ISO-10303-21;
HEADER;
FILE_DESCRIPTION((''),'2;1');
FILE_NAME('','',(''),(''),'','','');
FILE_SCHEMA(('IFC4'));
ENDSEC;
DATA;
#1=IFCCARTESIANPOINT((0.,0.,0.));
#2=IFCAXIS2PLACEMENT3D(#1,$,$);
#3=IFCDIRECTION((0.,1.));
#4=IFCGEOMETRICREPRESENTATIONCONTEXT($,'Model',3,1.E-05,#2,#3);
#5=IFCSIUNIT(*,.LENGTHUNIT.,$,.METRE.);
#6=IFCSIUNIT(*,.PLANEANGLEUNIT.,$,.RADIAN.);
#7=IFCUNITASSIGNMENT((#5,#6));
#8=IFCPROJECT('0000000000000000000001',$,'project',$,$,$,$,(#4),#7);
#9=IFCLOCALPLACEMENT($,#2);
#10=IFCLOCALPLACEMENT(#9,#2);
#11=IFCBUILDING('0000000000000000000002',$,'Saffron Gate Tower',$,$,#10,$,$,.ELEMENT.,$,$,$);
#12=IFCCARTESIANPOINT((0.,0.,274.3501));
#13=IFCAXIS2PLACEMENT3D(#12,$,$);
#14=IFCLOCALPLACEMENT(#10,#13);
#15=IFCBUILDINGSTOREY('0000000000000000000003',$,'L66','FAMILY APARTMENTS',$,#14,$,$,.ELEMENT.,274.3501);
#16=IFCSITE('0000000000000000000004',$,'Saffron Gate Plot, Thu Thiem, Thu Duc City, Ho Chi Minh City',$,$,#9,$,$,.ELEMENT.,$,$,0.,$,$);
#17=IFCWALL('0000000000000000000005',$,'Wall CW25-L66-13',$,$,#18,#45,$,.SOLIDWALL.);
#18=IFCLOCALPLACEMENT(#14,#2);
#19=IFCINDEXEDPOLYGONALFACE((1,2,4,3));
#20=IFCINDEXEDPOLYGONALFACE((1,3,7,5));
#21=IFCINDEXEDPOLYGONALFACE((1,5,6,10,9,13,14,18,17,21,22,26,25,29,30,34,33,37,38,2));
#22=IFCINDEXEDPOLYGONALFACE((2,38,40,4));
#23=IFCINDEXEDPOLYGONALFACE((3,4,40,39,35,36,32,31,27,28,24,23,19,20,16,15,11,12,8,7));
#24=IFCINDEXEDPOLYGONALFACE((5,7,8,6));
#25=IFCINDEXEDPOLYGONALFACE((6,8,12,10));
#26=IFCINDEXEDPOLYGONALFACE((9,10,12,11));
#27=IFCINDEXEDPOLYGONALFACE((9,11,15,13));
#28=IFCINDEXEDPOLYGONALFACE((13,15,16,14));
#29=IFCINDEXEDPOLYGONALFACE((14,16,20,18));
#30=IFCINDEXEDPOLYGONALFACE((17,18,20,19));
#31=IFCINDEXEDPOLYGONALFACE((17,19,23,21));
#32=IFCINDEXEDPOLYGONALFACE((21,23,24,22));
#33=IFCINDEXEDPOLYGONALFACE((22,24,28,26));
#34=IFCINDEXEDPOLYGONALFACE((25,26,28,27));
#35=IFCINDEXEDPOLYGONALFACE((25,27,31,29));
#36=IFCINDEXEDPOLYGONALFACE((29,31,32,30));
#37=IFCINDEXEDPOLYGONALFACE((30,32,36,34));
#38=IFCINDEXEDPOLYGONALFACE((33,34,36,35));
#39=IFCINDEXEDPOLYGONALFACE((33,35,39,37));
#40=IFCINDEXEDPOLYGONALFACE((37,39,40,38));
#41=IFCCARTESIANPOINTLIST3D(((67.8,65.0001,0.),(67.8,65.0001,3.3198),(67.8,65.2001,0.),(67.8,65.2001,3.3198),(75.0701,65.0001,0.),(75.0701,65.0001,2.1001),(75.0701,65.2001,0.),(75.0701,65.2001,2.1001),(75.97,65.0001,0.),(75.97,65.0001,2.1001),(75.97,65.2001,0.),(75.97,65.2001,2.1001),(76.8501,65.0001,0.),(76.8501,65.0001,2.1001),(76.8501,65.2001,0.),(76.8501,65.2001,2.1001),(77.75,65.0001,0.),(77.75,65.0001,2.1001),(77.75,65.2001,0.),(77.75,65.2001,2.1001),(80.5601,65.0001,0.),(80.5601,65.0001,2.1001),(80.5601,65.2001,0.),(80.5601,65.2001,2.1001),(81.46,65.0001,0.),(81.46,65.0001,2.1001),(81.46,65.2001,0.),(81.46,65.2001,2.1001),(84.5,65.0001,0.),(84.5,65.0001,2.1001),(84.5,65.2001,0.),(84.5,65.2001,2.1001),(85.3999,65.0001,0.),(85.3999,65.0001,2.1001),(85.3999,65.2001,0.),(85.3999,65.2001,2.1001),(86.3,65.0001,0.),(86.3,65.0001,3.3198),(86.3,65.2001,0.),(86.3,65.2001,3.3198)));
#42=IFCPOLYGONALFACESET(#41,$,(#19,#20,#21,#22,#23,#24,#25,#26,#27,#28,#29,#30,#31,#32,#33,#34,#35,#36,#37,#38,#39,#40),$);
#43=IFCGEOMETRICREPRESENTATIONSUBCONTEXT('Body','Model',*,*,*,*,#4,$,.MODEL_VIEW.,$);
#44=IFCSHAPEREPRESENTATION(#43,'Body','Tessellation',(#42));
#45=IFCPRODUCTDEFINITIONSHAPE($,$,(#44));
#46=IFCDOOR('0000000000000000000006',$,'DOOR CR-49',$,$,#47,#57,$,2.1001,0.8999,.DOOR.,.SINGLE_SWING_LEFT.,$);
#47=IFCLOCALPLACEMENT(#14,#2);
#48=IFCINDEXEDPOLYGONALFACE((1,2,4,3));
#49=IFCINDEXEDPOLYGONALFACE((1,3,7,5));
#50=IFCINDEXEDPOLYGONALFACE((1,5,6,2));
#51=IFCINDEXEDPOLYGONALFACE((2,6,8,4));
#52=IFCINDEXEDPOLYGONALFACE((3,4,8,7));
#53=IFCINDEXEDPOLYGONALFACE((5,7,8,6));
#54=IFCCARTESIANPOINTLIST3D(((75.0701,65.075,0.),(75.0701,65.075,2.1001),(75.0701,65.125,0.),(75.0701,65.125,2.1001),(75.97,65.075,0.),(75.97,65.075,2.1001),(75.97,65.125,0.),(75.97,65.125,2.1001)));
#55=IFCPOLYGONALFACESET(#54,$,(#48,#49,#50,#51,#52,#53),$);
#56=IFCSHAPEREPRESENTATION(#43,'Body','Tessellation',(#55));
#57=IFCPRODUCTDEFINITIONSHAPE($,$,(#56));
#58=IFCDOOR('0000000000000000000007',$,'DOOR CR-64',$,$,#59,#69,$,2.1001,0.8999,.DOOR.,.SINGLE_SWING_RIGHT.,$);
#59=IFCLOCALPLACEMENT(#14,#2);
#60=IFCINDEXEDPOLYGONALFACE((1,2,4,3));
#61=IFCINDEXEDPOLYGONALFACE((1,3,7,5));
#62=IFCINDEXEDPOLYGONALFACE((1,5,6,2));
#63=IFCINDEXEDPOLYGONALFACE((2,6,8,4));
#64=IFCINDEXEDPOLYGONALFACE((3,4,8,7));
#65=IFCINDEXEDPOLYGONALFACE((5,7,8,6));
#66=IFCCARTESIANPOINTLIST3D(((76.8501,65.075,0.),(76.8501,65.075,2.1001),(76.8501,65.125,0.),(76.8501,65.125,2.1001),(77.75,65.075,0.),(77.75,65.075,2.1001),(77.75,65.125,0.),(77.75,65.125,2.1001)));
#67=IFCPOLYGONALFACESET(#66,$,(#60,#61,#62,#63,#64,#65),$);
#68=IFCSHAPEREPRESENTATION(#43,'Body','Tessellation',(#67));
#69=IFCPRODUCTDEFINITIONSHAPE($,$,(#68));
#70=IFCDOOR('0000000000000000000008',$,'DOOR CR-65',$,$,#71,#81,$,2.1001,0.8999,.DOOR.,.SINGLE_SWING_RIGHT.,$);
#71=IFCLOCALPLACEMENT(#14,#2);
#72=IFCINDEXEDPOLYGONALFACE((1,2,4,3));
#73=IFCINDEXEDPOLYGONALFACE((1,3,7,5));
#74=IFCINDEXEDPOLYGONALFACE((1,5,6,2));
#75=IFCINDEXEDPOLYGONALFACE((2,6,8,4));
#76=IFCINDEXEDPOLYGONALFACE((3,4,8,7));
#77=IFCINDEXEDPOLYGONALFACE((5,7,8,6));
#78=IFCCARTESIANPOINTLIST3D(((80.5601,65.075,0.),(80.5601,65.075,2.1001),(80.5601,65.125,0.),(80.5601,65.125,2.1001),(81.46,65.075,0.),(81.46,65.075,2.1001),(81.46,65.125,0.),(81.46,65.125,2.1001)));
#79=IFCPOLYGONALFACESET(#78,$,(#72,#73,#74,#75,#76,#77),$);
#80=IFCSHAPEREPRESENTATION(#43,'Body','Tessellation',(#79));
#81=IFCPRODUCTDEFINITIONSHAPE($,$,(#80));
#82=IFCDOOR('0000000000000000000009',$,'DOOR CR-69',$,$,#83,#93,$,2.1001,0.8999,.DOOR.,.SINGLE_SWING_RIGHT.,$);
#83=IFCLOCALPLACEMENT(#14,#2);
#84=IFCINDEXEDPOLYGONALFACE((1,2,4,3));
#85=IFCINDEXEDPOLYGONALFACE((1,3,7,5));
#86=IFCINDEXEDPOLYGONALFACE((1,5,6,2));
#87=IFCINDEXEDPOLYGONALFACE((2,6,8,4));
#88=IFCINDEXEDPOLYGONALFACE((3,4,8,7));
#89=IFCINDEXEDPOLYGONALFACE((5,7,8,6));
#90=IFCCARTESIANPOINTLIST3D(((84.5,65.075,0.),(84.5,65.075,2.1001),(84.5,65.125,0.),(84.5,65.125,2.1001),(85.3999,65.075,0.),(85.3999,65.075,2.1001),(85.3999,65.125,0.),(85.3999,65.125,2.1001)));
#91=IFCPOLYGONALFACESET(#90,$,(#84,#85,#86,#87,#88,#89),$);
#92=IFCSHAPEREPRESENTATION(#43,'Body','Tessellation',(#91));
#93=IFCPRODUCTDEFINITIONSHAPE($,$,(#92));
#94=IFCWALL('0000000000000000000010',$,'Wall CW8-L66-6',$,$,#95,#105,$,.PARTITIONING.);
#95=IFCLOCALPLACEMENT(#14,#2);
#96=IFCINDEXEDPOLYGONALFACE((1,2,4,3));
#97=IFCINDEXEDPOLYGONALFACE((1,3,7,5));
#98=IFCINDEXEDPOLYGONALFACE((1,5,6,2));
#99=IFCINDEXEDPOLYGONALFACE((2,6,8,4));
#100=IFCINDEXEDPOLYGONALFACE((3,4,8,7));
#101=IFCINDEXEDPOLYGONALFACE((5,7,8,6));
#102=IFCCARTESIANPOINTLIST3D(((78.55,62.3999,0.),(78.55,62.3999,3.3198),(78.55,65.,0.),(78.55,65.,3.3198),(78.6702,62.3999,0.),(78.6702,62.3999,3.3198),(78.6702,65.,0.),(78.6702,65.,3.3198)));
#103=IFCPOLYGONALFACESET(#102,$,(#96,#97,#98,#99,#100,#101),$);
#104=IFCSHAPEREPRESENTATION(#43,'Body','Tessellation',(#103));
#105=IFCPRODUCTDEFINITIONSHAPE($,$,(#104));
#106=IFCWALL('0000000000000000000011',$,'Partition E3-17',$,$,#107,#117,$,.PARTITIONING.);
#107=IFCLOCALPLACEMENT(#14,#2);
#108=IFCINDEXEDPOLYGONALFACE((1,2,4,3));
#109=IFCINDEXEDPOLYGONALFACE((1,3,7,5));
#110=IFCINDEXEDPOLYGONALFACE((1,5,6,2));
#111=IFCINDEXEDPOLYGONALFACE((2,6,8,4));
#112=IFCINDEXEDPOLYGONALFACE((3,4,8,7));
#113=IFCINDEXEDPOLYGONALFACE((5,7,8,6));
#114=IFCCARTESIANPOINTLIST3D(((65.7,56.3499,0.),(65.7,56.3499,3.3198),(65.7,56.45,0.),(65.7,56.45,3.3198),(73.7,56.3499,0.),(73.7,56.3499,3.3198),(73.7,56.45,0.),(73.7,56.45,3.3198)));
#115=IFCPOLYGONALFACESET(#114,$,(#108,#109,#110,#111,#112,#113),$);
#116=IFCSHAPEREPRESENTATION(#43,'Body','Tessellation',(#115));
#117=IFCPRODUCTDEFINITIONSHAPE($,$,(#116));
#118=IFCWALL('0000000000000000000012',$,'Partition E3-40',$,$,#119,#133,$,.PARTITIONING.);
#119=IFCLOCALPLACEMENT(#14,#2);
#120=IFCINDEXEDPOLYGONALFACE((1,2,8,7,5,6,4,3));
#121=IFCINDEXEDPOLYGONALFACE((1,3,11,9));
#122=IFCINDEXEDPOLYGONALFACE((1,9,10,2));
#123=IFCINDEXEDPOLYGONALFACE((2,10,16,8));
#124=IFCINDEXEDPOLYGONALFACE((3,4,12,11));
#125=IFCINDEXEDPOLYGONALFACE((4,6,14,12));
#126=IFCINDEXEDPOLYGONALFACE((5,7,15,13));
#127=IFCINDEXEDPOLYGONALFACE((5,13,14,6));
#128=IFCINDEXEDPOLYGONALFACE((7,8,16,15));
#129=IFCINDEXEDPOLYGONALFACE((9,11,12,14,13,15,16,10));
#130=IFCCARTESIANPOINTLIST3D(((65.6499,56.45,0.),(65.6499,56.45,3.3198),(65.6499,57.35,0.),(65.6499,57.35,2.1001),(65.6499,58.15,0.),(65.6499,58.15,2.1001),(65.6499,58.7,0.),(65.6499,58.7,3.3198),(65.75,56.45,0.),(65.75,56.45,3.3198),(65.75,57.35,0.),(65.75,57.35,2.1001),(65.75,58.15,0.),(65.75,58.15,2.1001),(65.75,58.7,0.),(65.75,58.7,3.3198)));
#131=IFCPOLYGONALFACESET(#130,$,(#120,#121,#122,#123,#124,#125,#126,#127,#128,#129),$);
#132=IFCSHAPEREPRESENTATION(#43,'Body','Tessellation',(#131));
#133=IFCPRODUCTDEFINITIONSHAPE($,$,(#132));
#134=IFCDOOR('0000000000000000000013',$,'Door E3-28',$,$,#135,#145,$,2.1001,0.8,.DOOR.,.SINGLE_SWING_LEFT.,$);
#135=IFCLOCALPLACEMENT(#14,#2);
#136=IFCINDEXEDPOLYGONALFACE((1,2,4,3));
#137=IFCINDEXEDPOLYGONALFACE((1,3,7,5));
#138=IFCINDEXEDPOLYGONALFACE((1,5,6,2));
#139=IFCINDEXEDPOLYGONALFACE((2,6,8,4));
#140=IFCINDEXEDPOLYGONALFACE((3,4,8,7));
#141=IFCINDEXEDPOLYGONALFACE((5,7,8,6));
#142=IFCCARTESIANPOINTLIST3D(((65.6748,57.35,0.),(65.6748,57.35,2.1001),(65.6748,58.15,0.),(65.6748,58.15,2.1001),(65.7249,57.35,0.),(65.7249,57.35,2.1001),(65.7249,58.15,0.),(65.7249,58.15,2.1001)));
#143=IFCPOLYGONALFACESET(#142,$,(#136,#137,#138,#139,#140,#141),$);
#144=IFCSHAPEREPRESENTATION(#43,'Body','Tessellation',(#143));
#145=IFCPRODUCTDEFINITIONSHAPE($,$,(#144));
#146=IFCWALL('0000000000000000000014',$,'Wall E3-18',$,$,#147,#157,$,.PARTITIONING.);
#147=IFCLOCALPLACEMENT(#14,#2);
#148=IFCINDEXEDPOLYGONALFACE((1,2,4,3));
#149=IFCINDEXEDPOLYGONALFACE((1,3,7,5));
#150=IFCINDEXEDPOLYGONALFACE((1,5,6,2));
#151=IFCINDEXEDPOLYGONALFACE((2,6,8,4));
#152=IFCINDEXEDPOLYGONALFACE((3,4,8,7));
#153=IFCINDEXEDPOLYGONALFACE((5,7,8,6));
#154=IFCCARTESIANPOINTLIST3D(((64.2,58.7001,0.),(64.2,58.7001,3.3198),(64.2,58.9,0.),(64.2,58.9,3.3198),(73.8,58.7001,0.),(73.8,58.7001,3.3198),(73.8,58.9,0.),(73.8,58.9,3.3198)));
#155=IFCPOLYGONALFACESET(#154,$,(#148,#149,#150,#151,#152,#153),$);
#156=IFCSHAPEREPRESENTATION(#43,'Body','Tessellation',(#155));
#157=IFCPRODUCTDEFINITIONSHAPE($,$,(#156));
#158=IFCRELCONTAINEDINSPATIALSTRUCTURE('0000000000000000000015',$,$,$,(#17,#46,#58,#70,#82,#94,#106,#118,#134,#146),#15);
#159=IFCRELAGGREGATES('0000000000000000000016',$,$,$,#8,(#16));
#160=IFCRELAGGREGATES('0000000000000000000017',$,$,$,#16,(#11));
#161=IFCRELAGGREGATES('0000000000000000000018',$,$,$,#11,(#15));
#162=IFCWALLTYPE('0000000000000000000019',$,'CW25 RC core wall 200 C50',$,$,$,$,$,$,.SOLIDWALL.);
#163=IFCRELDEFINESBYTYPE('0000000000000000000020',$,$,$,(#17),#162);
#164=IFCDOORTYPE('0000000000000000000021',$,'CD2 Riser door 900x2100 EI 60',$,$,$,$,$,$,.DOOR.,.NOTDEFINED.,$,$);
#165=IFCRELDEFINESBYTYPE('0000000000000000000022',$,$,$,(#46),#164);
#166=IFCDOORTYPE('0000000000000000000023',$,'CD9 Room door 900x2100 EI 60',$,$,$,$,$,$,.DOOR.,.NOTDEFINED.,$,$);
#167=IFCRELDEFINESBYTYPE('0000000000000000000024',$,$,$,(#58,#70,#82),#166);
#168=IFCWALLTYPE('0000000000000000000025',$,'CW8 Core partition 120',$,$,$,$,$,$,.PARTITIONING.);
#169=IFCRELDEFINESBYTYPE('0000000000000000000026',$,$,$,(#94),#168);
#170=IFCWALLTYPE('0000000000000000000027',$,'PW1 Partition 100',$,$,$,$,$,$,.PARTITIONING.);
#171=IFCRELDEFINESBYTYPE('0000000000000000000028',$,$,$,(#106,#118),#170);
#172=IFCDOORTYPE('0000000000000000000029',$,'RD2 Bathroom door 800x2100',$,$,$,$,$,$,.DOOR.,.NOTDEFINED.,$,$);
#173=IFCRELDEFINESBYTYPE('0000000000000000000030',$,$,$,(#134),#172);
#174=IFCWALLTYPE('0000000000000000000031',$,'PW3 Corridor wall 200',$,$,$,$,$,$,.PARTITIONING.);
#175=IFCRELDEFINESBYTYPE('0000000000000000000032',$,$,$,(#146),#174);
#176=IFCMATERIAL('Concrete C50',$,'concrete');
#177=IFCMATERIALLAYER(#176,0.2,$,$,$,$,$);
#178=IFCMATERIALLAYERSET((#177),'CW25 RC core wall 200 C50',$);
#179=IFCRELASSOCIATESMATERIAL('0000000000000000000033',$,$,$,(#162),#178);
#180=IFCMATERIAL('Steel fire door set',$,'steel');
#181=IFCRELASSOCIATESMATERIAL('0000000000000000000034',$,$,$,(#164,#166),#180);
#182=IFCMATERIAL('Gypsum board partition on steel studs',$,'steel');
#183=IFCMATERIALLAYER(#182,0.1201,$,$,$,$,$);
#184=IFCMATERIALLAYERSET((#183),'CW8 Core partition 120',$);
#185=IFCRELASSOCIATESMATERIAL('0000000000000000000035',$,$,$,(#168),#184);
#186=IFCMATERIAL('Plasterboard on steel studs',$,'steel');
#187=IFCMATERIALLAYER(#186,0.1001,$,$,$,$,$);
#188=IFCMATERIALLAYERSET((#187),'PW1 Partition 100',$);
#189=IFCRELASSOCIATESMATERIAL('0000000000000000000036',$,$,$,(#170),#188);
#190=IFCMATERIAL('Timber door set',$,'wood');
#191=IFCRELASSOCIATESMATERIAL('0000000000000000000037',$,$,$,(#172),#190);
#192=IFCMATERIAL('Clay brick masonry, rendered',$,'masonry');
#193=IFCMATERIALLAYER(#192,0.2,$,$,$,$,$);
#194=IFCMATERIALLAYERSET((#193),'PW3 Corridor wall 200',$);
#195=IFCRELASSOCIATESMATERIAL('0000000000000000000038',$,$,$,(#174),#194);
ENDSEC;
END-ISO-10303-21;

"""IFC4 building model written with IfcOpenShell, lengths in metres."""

from ifc_helpers import new_model, si_unit, direction, frame, frame_2d, origin, place, context, subcontext, project, spatial, rectangle, extrude, material, layer, layer_set, type_object, element, fill, save


model = new_model("IFC4")

# Units and contexts
model_context = context("Model", 3, precision=1e-05, world=origin(), true_north=direction((0.0, 1.0)))
body_context = subcontext(model_context, "Body", "Model", "MODEL_VIEW")
ifc_project = project(units=[si_unit("LENGTHUNIT", "METRE"), si_unit("PLANEANGLEUNIT", "RADIAN")], contexts=[model_context])

# Site, building, storey
site_placement = place(None, origin())
site = spatial("IfcSite", under=ifc_project, at=site_placement, Name="Saffron Gate Plot, Thu Thiem, Thu Duc City, Ho Chi Minh City", CompositionType="ELEMENT", RefElevation=0.0)
building_placement = place(site_placement, origin())
building = spatial("IfcBuilding", under=site, at=building_placement, Name="Saffron Gate Tower", CompositionType="ELEMENT")
storey_placement = place(building_placement, frame((0.0, 0.0, 274.3501)))
storey = spatial("IfcBuildingStorey", under=building, at=storey_placement, Name="L66", Description="FAMILY APARTMENTS", CompositionType="ELEMENT", Elevation=274.3501)

# Shared definitions
ifc_material_1 = material(Name="Concrete C50", Category="concrete")
ifc_material_2 = material(Name="Steel fire door set", Category="steel")

# Wall, openings, doors
ifc_layer_1 = layer(ifc_material_1, 0.2)
ifc_layer_set_1 = layer_set([ifc_layer_1], Name="CW25 RC core wall 200 C50")
wall_type_1 = type_object("IfcWallType", Name="CW25 RC core wall 200 C50", PredefinedType="SOLIDWALL", material=ifc_layer_set_1)
wall_1_placement = place(storey_placement, frame((67.8, 65.1001, 0.0), z_axis=(0.0, 0.0, 1.0), x_axis=(1.0, 0.0, 0.0)))
wall_1 = element("IfcWall", 1, at=wall_1_placement, inside=storey, type_object=wall_type_1, Name="Wall CW25-L66-13", PredefinedType="SOLIDWALL", context=body_context, shape_type="SweptSolid", body=[
    extrude(rectangle(XDim=18.5, YDim=0.2, at=frame_2d((9.25, 0.0))), origin(), (0.0, 0.0, 1.0), 3.3198),
])
opening_1_placement = place(wall_1_placement, frame((7.27, 0.0, 0.0)))
opening_1 = element("IfcOpeningElement", 2, at=opening_1_placement, cuts=wall_1, PredefinedType="OPENING", context=body_context, shape_type="SweptSolid", body=[
    extrude(rectangle(XDim=0.8999, YDim=2.1001, at=frame_2d((0.45, 1.05))), frame((0.0, 0.1099, 0.0), z_axis=(0.0, -1.0, 0.0), x_axis=(1.0, 0.0, 0.0)), (0.0, 0.0, 1.0), 0.22),
])
opening_2_placement = place(wall_1_placement, frame((9.05, 0.0, 0.0)))
opening_2 = element("IfcOpeningElement", 3, at=opening_2_placement, cuts=wall_1, PredefinedType="OPENING", context=body_context, shape_type="SweptSolid", body=[
    extrude(rectangle(XDim=0.8999, YDim=2.1001, at=frame_2d((0.45, 1.05))), frame((0.0, 0.1099, 0.0), z_axis=(0.0, -1.0, 0.0), x_axis=(1.0, 0.0, 0.0)), (0.0, 0.0, 1.0), 0.22),
])
opening_3_placement = place(wall_1_placement, frame((12.76, 0.0, 0.0)))
opening_3 = element("IfcOpeningElement", 4, at=opening_3_placement, cuts=wall_1, PredefinedType="OPENING", context=body_context, shape_type="SweptSolid", body=[
    extrude(rectangle(XDim=0.8999, YDim=2.1001, at=frame_2d((0.45, 1.05))), frame((0.0, 0.1099, 0.0), z_axis=(0.0, -1.0, 0.0), x_axis=(1.0, 0.0, 0.0)), (0.0, 0.0, 1.0), 0.22),
])
opening_4_placement = place(wall_1_placement, frame((16.7, 0.0, 0.0)))
opening_4 = element("IfcOpeningElement", 5, at=opening_4_placement, cuts=wall_1, PredefinedType="OPENING", context=body_context, shape_type="SweptSolid", body=[
    extrude(rectangle(XDim=0.8999, YDim=2.1001, at=frame_2d((0.45, 1.05))), frame((0.0, 0.1099, 0.0), z_axis=(0.0, -1.0, 0.0), x_axis=(1.0, 0.0, 0.0)), (0.0, 0.0, 1.0), 0.22),
])
door_type_1 = type_object("IfcDoorType", Name="CD2 Riser door 900x2100 EI 60", OperationType="NOTDEFINED", PredefinedType="DOOR", material=ifc_material_2)
door_1_placement = place(opening_1_placement, origin())
door_1 = element("IfcDoor", 6, at=door_1_placement, inside=storey, type_object=door_type_1, Name="DOOR CR-49", OperationType="SINGLE_SWING_LEFT", OverallHeight=2.1001, OverallWidth=0.8999, PredefinedType="DOOR", context=body_context, shape_type="SweptSolid", body=[
    extrude(rectangle(XDim=0.8999, YDim=2.1001, at=frame_2d((0.45, 1.05))), frame((0.0, 0.0249, 0.0), z_axis=(0.0, -1.0, 0.0), x_axis=(1.0, 0.0, 0.0)), (0.0, 0.0, 1.0), 0.05),
])
fill(opening_1, door_1)
door_type_2 = type_object("IfcDoorType", Name="CD9 Room door 900x2100 EI 60", OperationType="NOTDEFINED", PredefinedType="DOOR", material=ifc_material_2)
door_2_placement = place(opening_2_placement, origin())
door_2 = element("IfcDoor", 7, at=door_2_placement, inside=storey, type_object=door_type_2, Name="DOOR CR-64", OperationType="SINGLE_SWING_RIGHT", OverallHeight=2.1001, OverallWidth=0.8999, PredefinedType="DOOR", context=body_context, shape_type="SweptSolid", body=[
    extrude(rectangle(XDim=0.8999, YDim=2.1001, at=frame_2d((0.45, 1.05))), frame((0.0, 0.0249, 0.0), z_axis=(0.0, -1.0, 0.0), x_axis=(1.0, 0.0, 0.0)), (0.0, 0.0, 1.0), 0.05),
])
fill(opening_2, door_2)
door_3_placement = place(opening_3_placement, origin())
door_3 = element("IfcDoor", 8, at=door_3_placement, inside=storey, type_object=door_type_2, Name="DOOR CR-65", OperationType="SINGLE_SWING_RIGHT", OverallHeight=2.1001, OverallWidth=0.8999, PredefinedType="DOOR", context=body_context, shape_type="SweptSolid", body=[
    extrude(rectangle(XDim=0.8999, YDim=2.1001, at=frame_2d((0.45, 1.05))), frame((0.0, 0.0249, 0.0), z_axis=(0.0, -1.0, 0.0), x_axis=(1.0, 0.0, 0.0)), (0.0, 0.0, 1.0), 0.05),
])
fill(opening_3, door_3)
door_4_placement = place(opening_4_placement, origin())
door_4 = element("IfcDoor", 9, at=door_4_placement, inside=storey, type_object=door_type_2, Name="DOOR CR-69", OperationType="SINGLE_SWING_RIGHT", OverallHeight=2.1001, OverallWidth=0.8999, PredefinedType="DOOR", context=body_context, shape_type="SweptSolid", body=[
    extrude(rectangle(XDim=0.8999, YDim=2.1001, at=frame_2d((0.45, 1.05))), frame((0.0, 0.0249, 0.0), z_axis=(0.0, -1.0, 0.0), x_axis=(1.0, 0.0, 0.0)), (0.0, 0.0, 1.0), 0.05),
])
fill(opening_4, door_4)

# Walls
ifc_material_3 = material(Name="Gypsum board partition on steel studs", Category="steel")
ifc_layer_2 = layer(ifc_material_3, 0.1201)
ifc_layer_set_2 = layer_set([ifc_layer_2], Name="CW8 Core partition 120")
wall_type_2 = type_object("IfcWallType", Name="CW8 Core partition 120", PredefinedType="PARTITIONING", material=ifc_layer_set_2)
wall_2_placement = place(storey_placement, frame((78.6101, 62.3999, 0.0), z_axis=(0.0, 0.0, 1.0), x_axis=(0.0, 1.0, 0.0)))
element("IfcWall", 10, at=wall_2_placement, inside=storey, type_object=wall_type_2, Name="Wall CW8-L66-6", PredefinedType="PARTITIONING", context=body_context, shape_type="SweptSolid", body=[
    extrude(rectangle(XDim=2.6001, YDim=0.1201, at=frame_2d((1.3, 0.0))), origin(), (0.0, 0.0, 1.0), 3.3198),
])
ifc_material_4 = material(Name="Plasterboard on steel studs", Category="steel")
ifc_layer_3 = layer(ifc_material_4, 0.1001)
ifc_layer_set_3 = layer_set([ifc_layer_3], Name="PW1 Partition 100")
wall_type_3 = type_object("IfcWallType", Name="PW1 Partition 100", PredefinedType="PARTITIONING", material=ifc_layer_set_3)
wall_3_placement = place(storey_placement, frame((65.7, 56.3999, 0.0), z_axis=(0.0, 0.0, 1.0), x_axis=(1.0, 0.0, 0.0)))
element("IfcWall", 11, at=wall_3_placement, inside=storey, type_object=wall_type_3, Name="Partition E3-17", PredefinedType="PARTITIONING", context=body_context, shape_type="SweptSolid", body=[
    extrude(rectangle(XDim=8.0, YDim=0.1001, at=frame_2d((4.0, 0.0))), origin(), (0.0, 0.0, 1.0), 3.3198),
])

# Wall, opening, door
wall_4_placement = place(storey_placement, frame((65.7, 58.7, 0.0), z_axis=(0.0, 0.0, 1.0), x_axis=(0.0, -1.0, 0.0)))
wall_4 = element("IfcWall", 12, at=wall_4_placement, inside=storey, type_object=wall_type_3, Name="Partition E3-40", PredefinedType="PARTITIONING", context=body_context, shape_type="SweptSolid", body=[
    extrude(rectangle(XDim=2.25, YDim=0.1001, at=frame_2d((1.125, 0.0))), origin(), (0.0, 0.0, 1.0), 3.3198),
])
opening_5_placement = place(wall_4_placement, frame((0.55, 0.0, 0.0)))
opening_5 = element("IfcOpeningElement", 13, at=opening_5_placement, cuts=wall_4, PredefinedType="OPENING", context=body_context, shape_type="SweptSolid", body=[
    extrude(rectangle(XDim=0.8, YDim=2.1001, at=frame_2d((0.3999, 1.05))), frame((0.0, 0.0601, 0.0), z_axis=(0.0, -1.0, 0.0), x_axis=(1.0, 0.0, 0.0)), (0.0, 0.0, 1.0), 0.1201),
])
ifc_material_5 = material(Name="Timber door set", Category="wood")
door_type_3 = type_object("IfcDoorType", Name="RD2 Bathroom door 800x2100", OperationType="NOTDEFINED", PredefinedType="DOOR", material=ifc_material_5)
door_5_placement = place(opening_5_placement, origin())
door_5 = element("IfcDoor", 14, at=door_5_placement, inside=storey, type_object=door_type_3, Name="Door E3-28", OperationType="SINGLE_SWING_LEFT", OverallHeight=2.1001, OverallWidth=0.8, PredefinedType="DOOR", context=body_context, shape_type="SweptSolid", body=[
    extrude(rectangle(XDim=0.8, YDim=2.1001, at=frame_2d((0.3999, 1.05))), frame((0.0, 0.0249, 0.0), z_axis=(0.0, -1.0, 0.0), x_axis=(1.0, 0.0, 0.0)), (0.0, 0.0, 1.0), 0.05),
])
fill(opening_5, door_5)

# Wall
ifc_material_6 = material(Name="Clay brick masonry, rendered", Category="masonry")
ifc_layer_4 = layer(ifc_material_6, 0.2)
ifc_layer_set_4 = layer_set([ifc_layer_4], Name="PW3 Corridor wall 200")
wall_type_4 = type_object("IfcWallType", Name="PW3 Corridor wall 200", PredefinedType="PARTITIONING", material=ifc_layer_set_4)
wall_5_placement = place(storey_placement, frame((64.2, 58.8, 0.0), z_axis=(0.0, 0.0, 1.0), x_axis=(1.0, 0.0, 0.0)))
element("IfcWall", 15, at=wall_5_placement, inside=storey, type_object=wall_type_4, Name="Wall E3-18", PredefinedType="PARTITIONING", context=body_context, shape_type="SweptSolid", body=[
    extrude(rectangle(XDim=9.6001, YDim=0.2, at=frame_2d((4.8, 0.0))), origin(), (0.0, 0.0, 1.0), 3.3198),
])

save(model, "model.ifc")
